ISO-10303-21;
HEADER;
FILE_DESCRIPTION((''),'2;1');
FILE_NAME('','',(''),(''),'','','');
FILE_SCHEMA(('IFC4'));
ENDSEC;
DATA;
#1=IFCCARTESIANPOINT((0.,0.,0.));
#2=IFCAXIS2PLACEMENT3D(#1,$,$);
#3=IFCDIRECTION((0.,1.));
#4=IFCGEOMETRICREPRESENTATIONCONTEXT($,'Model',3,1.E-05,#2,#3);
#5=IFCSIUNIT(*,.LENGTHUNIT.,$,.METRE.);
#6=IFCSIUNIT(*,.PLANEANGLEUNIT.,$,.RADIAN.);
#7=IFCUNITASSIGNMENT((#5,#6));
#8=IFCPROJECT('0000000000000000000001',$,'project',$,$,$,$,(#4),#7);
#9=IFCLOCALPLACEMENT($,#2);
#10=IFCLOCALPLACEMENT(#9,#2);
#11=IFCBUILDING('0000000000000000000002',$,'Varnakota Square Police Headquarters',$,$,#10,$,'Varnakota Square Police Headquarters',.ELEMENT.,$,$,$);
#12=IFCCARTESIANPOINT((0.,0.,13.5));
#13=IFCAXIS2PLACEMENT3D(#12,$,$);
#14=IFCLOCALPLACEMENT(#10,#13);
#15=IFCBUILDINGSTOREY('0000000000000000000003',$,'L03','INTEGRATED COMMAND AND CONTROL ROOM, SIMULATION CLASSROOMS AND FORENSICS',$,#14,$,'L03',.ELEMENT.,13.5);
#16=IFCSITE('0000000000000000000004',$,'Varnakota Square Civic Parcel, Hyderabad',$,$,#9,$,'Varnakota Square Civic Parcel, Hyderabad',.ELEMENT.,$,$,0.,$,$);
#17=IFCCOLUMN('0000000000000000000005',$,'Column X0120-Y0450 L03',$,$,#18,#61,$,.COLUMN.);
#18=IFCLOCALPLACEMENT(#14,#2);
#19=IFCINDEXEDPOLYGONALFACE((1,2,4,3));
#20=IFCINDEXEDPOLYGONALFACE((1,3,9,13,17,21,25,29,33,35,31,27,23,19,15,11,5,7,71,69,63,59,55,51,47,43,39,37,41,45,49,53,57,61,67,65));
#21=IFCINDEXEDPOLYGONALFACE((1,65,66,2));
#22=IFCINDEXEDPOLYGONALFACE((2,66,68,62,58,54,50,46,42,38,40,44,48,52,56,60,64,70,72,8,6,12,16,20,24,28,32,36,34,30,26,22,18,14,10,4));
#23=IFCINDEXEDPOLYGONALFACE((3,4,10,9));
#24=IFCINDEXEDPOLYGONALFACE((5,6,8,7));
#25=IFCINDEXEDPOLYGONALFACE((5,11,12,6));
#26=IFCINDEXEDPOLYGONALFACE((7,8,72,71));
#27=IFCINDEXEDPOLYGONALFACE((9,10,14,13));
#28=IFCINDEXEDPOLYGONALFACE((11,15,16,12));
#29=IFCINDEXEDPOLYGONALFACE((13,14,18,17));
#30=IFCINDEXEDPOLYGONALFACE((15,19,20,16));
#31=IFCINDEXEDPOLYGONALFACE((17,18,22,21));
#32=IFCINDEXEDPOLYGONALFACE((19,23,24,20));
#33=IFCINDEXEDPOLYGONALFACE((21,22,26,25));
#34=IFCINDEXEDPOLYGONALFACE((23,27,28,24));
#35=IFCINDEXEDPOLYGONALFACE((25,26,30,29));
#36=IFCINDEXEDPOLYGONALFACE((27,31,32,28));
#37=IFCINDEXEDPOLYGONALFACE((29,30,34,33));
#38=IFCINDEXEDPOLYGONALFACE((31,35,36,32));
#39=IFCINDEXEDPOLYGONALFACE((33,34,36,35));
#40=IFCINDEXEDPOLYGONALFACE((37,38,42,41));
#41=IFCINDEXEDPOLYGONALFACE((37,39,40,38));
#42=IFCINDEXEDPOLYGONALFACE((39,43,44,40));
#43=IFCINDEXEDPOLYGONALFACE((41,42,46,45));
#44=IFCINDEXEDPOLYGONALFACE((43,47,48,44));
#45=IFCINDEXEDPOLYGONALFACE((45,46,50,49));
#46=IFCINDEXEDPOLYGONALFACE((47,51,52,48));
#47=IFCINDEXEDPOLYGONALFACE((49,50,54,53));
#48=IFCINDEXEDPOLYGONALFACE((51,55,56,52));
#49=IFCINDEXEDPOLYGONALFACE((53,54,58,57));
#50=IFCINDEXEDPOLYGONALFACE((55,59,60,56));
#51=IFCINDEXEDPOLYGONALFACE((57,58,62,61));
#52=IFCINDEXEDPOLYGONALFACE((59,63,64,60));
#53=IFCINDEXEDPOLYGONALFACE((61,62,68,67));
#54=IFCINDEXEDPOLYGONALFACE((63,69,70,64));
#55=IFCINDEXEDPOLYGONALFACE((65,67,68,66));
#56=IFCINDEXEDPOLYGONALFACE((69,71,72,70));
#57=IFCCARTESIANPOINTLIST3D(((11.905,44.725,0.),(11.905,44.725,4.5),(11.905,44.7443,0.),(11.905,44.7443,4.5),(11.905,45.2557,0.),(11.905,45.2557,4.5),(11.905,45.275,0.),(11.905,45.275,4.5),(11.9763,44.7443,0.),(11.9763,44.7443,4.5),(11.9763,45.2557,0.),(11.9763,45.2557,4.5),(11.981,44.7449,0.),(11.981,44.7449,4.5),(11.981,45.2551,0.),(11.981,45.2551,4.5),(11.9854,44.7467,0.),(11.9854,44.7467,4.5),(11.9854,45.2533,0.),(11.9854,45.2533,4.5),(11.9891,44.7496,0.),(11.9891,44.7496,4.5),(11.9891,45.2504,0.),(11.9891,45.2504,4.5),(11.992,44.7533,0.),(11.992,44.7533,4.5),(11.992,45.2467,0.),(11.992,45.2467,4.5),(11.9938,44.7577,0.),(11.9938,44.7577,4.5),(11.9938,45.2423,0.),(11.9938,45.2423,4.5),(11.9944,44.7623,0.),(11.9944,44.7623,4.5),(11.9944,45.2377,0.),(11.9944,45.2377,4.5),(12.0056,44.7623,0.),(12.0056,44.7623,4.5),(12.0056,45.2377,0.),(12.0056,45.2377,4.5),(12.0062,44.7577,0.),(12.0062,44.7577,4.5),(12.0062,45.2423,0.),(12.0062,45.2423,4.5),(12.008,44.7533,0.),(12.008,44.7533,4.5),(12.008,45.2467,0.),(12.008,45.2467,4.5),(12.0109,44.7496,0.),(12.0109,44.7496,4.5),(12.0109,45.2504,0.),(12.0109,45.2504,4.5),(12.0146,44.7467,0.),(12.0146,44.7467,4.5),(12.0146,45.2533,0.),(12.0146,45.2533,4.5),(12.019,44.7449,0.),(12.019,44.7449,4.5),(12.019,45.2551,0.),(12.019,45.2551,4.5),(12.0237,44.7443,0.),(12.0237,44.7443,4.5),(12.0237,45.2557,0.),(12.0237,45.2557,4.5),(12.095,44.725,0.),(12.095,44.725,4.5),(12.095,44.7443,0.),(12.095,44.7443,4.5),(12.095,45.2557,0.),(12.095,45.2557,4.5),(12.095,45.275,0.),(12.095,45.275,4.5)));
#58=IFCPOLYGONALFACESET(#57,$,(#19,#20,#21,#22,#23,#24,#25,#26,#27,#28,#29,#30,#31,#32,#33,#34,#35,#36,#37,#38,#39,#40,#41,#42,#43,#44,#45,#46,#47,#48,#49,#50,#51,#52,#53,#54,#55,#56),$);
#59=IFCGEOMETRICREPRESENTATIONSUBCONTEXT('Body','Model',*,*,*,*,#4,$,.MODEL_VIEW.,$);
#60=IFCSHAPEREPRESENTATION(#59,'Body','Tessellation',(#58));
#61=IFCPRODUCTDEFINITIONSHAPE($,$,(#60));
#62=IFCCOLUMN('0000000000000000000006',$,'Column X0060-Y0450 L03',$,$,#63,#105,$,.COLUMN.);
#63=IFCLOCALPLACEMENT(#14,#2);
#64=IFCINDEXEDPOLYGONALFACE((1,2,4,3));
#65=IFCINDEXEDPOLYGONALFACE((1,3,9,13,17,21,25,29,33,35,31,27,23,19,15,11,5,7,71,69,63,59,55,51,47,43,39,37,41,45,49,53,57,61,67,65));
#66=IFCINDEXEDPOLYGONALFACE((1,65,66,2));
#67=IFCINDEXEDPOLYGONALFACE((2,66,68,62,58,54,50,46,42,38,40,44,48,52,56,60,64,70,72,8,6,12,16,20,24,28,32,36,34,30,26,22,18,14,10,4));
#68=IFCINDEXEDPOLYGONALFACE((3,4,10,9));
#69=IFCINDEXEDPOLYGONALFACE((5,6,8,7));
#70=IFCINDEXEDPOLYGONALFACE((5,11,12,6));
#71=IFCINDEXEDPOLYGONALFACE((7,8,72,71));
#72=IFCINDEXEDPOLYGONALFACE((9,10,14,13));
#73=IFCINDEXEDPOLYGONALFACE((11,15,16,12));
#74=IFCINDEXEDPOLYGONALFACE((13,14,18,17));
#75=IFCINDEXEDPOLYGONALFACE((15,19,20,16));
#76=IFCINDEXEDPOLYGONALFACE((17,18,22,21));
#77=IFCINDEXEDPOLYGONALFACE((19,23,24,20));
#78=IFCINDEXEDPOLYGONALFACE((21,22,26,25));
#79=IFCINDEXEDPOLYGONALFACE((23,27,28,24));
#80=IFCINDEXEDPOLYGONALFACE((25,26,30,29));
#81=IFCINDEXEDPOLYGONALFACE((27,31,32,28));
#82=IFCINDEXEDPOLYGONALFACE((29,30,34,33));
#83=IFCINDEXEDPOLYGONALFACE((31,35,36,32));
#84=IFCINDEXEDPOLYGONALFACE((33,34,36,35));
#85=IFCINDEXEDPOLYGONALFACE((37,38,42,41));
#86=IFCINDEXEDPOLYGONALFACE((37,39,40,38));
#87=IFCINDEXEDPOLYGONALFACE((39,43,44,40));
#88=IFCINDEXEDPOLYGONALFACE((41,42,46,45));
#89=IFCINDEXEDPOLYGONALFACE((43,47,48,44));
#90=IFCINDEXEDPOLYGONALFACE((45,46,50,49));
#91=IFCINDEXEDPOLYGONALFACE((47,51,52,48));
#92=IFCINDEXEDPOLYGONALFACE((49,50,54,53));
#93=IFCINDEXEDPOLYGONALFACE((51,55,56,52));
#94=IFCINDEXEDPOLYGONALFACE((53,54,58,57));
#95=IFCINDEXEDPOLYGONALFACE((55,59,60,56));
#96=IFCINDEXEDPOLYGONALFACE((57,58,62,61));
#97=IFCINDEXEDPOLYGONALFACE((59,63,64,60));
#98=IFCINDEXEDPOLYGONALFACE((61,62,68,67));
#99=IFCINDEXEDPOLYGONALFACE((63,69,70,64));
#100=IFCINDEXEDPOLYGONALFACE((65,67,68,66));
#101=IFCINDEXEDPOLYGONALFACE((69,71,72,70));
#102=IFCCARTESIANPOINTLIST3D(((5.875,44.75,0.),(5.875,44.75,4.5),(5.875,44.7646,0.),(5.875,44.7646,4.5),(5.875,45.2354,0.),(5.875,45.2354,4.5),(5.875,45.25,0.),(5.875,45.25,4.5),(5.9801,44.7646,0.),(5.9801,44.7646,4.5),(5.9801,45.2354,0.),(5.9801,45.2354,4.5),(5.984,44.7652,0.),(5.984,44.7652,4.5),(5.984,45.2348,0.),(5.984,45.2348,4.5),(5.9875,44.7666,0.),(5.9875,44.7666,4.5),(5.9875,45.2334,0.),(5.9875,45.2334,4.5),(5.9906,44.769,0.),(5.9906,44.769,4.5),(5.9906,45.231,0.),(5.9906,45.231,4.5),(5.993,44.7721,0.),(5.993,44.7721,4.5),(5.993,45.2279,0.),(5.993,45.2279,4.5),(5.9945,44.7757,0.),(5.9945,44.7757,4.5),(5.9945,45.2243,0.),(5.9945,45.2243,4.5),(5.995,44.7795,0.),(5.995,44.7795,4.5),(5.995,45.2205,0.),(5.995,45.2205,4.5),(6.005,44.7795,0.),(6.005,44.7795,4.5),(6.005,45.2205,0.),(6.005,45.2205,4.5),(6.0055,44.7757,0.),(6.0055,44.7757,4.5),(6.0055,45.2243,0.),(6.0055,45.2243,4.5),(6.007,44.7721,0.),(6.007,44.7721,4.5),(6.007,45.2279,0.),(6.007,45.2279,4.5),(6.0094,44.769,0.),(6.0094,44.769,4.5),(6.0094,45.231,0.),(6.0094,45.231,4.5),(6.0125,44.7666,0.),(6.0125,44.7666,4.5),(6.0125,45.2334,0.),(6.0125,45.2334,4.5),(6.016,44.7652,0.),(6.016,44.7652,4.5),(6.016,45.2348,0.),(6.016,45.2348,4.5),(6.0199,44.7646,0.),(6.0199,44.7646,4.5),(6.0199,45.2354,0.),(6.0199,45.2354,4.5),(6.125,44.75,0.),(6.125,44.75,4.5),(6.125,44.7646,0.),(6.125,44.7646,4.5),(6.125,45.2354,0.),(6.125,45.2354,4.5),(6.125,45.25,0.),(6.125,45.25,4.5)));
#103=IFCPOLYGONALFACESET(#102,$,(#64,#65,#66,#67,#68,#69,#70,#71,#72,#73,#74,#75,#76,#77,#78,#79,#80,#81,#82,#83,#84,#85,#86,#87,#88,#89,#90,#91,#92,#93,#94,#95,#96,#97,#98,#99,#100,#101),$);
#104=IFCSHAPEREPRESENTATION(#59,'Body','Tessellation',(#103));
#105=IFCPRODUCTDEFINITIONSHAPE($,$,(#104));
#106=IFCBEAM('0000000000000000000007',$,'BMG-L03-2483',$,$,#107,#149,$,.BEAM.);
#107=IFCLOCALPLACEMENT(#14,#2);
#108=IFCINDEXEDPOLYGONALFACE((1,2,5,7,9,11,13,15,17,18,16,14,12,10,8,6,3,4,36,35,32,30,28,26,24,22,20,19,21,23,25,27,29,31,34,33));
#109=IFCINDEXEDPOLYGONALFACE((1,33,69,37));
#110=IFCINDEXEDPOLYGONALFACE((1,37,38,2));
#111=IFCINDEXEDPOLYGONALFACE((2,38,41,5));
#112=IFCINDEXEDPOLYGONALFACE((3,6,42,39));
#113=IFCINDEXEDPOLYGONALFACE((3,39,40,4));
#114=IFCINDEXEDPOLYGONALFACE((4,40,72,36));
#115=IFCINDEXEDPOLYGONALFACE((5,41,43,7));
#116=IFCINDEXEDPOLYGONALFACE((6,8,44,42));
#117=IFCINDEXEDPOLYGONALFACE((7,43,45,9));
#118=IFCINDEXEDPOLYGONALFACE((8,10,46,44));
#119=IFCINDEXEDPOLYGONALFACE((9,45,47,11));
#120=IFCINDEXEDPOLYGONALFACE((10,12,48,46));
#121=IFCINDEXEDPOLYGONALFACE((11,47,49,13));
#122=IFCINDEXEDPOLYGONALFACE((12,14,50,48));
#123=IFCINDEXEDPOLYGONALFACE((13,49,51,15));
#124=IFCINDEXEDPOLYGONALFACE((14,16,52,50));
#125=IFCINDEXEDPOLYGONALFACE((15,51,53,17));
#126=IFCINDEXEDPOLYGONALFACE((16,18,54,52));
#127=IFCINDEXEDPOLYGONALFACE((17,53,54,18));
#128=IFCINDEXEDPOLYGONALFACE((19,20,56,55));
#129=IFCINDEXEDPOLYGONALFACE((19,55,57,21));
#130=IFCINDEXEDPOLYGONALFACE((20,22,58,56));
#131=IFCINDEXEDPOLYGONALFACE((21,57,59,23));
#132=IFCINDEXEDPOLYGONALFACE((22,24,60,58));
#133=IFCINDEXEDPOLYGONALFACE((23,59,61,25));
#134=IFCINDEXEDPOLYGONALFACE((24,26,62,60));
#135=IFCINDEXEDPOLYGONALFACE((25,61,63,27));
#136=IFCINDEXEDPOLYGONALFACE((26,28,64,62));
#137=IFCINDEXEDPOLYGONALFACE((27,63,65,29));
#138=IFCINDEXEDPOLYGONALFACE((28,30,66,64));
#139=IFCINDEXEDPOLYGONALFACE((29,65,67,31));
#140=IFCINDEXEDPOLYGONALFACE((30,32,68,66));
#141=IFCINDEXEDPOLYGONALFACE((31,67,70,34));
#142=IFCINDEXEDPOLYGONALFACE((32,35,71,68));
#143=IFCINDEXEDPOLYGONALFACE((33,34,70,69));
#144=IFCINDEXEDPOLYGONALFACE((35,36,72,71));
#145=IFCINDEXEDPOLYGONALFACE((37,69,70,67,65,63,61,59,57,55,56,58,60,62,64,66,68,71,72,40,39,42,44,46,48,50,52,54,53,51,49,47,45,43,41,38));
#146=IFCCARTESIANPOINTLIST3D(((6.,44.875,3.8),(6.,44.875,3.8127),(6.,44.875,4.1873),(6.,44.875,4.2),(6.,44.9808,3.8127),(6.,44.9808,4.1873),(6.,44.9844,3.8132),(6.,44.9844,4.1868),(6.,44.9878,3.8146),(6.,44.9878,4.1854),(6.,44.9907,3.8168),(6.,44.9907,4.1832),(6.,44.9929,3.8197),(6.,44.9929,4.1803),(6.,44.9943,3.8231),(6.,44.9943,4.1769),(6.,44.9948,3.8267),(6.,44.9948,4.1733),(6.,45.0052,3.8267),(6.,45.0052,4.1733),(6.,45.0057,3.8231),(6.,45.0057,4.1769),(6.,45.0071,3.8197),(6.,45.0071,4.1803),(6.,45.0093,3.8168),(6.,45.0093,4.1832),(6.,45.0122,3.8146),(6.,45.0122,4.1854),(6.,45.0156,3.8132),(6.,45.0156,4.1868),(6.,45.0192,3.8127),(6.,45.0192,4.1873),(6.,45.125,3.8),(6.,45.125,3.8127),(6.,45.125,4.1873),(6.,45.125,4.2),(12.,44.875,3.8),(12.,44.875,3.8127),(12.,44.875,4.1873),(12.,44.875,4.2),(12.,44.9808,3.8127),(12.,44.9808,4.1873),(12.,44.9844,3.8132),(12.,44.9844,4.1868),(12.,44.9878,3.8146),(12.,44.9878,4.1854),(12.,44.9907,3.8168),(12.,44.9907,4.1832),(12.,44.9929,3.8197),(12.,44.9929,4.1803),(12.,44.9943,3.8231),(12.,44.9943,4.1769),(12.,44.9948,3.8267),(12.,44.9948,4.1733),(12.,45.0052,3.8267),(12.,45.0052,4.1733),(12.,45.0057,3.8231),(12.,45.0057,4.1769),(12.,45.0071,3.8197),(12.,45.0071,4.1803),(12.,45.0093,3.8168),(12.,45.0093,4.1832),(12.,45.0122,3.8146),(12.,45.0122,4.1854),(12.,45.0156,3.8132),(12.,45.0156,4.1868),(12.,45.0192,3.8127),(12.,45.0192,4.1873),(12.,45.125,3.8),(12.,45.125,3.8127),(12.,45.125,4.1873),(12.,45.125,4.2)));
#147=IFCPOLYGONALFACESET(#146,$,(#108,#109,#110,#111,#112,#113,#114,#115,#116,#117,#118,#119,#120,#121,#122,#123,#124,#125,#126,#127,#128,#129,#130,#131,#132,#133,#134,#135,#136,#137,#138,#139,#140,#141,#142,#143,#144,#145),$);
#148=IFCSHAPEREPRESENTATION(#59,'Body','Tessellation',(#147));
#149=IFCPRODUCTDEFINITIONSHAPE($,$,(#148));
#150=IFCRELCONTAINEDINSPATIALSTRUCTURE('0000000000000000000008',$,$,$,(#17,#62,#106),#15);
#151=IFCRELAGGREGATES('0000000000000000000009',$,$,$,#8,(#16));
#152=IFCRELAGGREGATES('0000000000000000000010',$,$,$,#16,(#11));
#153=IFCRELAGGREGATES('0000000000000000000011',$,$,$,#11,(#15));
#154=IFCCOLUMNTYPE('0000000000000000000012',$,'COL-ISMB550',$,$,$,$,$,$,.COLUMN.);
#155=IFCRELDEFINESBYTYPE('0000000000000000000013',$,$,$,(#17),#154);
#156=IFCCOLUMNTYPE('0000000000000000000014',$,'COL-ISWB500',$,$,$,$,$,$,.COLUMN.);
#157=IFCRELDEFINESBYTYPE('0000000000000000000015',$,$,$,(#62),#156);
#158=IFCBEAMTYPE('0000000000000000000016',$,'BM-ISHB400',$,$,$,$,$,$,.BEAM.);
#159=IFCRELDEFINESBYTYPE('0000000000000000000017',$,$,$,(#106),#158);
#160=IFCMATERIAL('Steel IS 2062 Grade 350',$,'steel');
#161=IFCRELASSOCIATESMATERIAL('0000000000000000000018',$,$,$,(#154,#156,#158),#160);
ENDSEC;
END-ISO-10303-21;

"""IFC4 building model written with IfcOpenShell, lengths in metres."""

from ifc_helpers import new_model, si_unit, direction, frame, origin, origin_2d, place, context, subcontext, project, spatial, i_section, extrude, material, material_profile, profile_set, type_object, element, save


model = new_model("IFC4")

# Units and contexts
model_context = context("Model", 3, precision=1e-05, world=origin(), true_north=direction((0.0, 1.0)))
body_context = subcontext(model_context, "Body", "Model", "MODEL_VIEW")
ifc_project = project(units=[si_unit("LENGTHUNIT", "METRE"), si_unit("PLANEANGLEUNIT", "RADIAN")], contexts=[model_context])

# Site, building, storey
site_placement = place(None, origin())
site = spatial("IfcSite", under=ifc_project, at=site_placement, Name="Varnakota Square Civic Parcel, Hyderabad", LongName="Varnakota Square Civic Parcel, Hyderabad", CompositionType="ELEMENT", RefElevation=0.0)
building_placement = place(site_placement, origin())
building = spatial("IfcBuilding", under=site, at=building_placement, Name="Varnakota Square Police Headquarters", LongName="Varnakota Square Police Headquarters", CompositionType="ELEMENT")
storey_placement = place(building_placement, frame((0.0, 0.0, 13.5)))
storey = spatial("IfcBuildingStorey", under=building, at=storey_placement, Name="L03", Description="INTEGRATED COMMAND AND CONTROL ROOM, SIMULATION CLASSROOMS AND FORENSICS", LongName="L03", CompositionType="ELEMENT", Elevation=13.5)

# Columns
ifc_material_1 = material(Name="Steel IS 2062 Grade 350", Category="steel")
ifc_material_profile_1 = material_profile(ifc_material_1, i_section(OverallWidth=0.1899, OverallDepth=0.55, WebThickness=0.0112, FlangeThickness=0.0193, FilletRadius=0.0181, at=origin_2d()), Name="ISMB 550")
ifc_profile_set_1 = profile_set([ifc_material_profile_1], Name="Steel IS 2062 Grade 350")
column_type_1 = type_object("IfcColumnType", Name="COL-ISMB550", PredefinedType="COLUMN", material=ifc_profile_set_1)
column_1_placement = place(storey_placement, frame((12.0, 45.0, 0.0), z_axis=(0.0, 0.0, 1.0), x_axis=(1.0, 0.0, 0.0)))
element("IfcColumn", 1, at=column_1_placement, inside=storey, type_object=column_type_1, Name="Column X0120-Y0450 L03", PredefinedType="COLUMN", context=body_context, shape_type="SweptSolid", body=[
    extrude(i_section(OverallWidth=0.1899, OverallDepth=0.55, WebThickness=0.0112, FlangeThickness=0.0193, FilletRadius=0.0181, at=origin_2d()), origin(), (0.0, 0.0, 1.0), 4.5),
])
ifc_material_profile_2 = material_profile(ifc_material_1, i_section(OverallWidth=0.25, OverallDepth=0.5, WebThickness=0.01, FlangeThickness=0.0146, FilletRadius=0.0149, at=origin_2d()), Name="ISWB 500")
ifc_profile_set_2 = profile_set([ifc_material_profile_2], Name="Steel IS 2062 Grade 350")
column_type_2 = type_object("IfcColumnType", Name="COL-ISWB500", PredefinedType="COLUMN", material=ifc_profile_set_2)
column_2_placement = place(storey_placement, frame((6.0, 45.0, 0.0), z_axis=(0.0, 0.0, 1.0), x_axis=(1.0, 0.0, 0.0)))
element("IfcColumn", 2, at=column_2_placement, inside=storey, type_object=column_type_2, Name="Column X0060-Y0450 L03", PredefinedType="COLUMN", context=body_context, shape_type="SweptSolid", body=[
    extrude(i_section(OverallWidth=0.25, OverallDepth=0.5, WebThickness=0.01, FlangeThickness=0.0146, FilletRadius=0.0149, at=origin_2d()), origin(), (0.0, 0.0, 1.0), 4.5),
])

# Beam
ifc_material_profile_3 = material_profile(ifc_material_1, i_section(OverallWidth=0.25, OverallDepth=0.3999, WebThickness=0.0105, FlangeThickness=0.0127, FilletRadius=0.0139, at=origin_2d()), Name="ISHB 400")
ifc_profile_set_3 = profile_set([ifc_material_profile_3], Name="Steel IS 2062 Grade 350")
beam_type_1 = type_object("IfcBeamType", Name="BM-ISHB400", PredefinedType="BEAM", material=ifc_profile_set_3)
beam_1_placement = place(storey_placement, frame((6.0, 45.0, 4.0), z_axis=(1.0, 0.0, 0.0), x_axis=(0.0, 1.0, 0.0)))
element("IfcBeam", 3, at=beam_1_placement, inside=storey, type_object=beam_type_1, Name="BMG-L03-2483", PredefinedType="BEAM", context=body_context, shape_type="SweptSolid", body=[
    extrude(i_section(OverallWidth=0.25, OverallDepth=0.3999, WebThickness=0.0105, FlangeThickness=0.0127, FilletRadius=0.0139, at=origin_2d()), origin(), (0.0, 0.0, 1.0), 6.0),
])

save(model, "model.ifc")
